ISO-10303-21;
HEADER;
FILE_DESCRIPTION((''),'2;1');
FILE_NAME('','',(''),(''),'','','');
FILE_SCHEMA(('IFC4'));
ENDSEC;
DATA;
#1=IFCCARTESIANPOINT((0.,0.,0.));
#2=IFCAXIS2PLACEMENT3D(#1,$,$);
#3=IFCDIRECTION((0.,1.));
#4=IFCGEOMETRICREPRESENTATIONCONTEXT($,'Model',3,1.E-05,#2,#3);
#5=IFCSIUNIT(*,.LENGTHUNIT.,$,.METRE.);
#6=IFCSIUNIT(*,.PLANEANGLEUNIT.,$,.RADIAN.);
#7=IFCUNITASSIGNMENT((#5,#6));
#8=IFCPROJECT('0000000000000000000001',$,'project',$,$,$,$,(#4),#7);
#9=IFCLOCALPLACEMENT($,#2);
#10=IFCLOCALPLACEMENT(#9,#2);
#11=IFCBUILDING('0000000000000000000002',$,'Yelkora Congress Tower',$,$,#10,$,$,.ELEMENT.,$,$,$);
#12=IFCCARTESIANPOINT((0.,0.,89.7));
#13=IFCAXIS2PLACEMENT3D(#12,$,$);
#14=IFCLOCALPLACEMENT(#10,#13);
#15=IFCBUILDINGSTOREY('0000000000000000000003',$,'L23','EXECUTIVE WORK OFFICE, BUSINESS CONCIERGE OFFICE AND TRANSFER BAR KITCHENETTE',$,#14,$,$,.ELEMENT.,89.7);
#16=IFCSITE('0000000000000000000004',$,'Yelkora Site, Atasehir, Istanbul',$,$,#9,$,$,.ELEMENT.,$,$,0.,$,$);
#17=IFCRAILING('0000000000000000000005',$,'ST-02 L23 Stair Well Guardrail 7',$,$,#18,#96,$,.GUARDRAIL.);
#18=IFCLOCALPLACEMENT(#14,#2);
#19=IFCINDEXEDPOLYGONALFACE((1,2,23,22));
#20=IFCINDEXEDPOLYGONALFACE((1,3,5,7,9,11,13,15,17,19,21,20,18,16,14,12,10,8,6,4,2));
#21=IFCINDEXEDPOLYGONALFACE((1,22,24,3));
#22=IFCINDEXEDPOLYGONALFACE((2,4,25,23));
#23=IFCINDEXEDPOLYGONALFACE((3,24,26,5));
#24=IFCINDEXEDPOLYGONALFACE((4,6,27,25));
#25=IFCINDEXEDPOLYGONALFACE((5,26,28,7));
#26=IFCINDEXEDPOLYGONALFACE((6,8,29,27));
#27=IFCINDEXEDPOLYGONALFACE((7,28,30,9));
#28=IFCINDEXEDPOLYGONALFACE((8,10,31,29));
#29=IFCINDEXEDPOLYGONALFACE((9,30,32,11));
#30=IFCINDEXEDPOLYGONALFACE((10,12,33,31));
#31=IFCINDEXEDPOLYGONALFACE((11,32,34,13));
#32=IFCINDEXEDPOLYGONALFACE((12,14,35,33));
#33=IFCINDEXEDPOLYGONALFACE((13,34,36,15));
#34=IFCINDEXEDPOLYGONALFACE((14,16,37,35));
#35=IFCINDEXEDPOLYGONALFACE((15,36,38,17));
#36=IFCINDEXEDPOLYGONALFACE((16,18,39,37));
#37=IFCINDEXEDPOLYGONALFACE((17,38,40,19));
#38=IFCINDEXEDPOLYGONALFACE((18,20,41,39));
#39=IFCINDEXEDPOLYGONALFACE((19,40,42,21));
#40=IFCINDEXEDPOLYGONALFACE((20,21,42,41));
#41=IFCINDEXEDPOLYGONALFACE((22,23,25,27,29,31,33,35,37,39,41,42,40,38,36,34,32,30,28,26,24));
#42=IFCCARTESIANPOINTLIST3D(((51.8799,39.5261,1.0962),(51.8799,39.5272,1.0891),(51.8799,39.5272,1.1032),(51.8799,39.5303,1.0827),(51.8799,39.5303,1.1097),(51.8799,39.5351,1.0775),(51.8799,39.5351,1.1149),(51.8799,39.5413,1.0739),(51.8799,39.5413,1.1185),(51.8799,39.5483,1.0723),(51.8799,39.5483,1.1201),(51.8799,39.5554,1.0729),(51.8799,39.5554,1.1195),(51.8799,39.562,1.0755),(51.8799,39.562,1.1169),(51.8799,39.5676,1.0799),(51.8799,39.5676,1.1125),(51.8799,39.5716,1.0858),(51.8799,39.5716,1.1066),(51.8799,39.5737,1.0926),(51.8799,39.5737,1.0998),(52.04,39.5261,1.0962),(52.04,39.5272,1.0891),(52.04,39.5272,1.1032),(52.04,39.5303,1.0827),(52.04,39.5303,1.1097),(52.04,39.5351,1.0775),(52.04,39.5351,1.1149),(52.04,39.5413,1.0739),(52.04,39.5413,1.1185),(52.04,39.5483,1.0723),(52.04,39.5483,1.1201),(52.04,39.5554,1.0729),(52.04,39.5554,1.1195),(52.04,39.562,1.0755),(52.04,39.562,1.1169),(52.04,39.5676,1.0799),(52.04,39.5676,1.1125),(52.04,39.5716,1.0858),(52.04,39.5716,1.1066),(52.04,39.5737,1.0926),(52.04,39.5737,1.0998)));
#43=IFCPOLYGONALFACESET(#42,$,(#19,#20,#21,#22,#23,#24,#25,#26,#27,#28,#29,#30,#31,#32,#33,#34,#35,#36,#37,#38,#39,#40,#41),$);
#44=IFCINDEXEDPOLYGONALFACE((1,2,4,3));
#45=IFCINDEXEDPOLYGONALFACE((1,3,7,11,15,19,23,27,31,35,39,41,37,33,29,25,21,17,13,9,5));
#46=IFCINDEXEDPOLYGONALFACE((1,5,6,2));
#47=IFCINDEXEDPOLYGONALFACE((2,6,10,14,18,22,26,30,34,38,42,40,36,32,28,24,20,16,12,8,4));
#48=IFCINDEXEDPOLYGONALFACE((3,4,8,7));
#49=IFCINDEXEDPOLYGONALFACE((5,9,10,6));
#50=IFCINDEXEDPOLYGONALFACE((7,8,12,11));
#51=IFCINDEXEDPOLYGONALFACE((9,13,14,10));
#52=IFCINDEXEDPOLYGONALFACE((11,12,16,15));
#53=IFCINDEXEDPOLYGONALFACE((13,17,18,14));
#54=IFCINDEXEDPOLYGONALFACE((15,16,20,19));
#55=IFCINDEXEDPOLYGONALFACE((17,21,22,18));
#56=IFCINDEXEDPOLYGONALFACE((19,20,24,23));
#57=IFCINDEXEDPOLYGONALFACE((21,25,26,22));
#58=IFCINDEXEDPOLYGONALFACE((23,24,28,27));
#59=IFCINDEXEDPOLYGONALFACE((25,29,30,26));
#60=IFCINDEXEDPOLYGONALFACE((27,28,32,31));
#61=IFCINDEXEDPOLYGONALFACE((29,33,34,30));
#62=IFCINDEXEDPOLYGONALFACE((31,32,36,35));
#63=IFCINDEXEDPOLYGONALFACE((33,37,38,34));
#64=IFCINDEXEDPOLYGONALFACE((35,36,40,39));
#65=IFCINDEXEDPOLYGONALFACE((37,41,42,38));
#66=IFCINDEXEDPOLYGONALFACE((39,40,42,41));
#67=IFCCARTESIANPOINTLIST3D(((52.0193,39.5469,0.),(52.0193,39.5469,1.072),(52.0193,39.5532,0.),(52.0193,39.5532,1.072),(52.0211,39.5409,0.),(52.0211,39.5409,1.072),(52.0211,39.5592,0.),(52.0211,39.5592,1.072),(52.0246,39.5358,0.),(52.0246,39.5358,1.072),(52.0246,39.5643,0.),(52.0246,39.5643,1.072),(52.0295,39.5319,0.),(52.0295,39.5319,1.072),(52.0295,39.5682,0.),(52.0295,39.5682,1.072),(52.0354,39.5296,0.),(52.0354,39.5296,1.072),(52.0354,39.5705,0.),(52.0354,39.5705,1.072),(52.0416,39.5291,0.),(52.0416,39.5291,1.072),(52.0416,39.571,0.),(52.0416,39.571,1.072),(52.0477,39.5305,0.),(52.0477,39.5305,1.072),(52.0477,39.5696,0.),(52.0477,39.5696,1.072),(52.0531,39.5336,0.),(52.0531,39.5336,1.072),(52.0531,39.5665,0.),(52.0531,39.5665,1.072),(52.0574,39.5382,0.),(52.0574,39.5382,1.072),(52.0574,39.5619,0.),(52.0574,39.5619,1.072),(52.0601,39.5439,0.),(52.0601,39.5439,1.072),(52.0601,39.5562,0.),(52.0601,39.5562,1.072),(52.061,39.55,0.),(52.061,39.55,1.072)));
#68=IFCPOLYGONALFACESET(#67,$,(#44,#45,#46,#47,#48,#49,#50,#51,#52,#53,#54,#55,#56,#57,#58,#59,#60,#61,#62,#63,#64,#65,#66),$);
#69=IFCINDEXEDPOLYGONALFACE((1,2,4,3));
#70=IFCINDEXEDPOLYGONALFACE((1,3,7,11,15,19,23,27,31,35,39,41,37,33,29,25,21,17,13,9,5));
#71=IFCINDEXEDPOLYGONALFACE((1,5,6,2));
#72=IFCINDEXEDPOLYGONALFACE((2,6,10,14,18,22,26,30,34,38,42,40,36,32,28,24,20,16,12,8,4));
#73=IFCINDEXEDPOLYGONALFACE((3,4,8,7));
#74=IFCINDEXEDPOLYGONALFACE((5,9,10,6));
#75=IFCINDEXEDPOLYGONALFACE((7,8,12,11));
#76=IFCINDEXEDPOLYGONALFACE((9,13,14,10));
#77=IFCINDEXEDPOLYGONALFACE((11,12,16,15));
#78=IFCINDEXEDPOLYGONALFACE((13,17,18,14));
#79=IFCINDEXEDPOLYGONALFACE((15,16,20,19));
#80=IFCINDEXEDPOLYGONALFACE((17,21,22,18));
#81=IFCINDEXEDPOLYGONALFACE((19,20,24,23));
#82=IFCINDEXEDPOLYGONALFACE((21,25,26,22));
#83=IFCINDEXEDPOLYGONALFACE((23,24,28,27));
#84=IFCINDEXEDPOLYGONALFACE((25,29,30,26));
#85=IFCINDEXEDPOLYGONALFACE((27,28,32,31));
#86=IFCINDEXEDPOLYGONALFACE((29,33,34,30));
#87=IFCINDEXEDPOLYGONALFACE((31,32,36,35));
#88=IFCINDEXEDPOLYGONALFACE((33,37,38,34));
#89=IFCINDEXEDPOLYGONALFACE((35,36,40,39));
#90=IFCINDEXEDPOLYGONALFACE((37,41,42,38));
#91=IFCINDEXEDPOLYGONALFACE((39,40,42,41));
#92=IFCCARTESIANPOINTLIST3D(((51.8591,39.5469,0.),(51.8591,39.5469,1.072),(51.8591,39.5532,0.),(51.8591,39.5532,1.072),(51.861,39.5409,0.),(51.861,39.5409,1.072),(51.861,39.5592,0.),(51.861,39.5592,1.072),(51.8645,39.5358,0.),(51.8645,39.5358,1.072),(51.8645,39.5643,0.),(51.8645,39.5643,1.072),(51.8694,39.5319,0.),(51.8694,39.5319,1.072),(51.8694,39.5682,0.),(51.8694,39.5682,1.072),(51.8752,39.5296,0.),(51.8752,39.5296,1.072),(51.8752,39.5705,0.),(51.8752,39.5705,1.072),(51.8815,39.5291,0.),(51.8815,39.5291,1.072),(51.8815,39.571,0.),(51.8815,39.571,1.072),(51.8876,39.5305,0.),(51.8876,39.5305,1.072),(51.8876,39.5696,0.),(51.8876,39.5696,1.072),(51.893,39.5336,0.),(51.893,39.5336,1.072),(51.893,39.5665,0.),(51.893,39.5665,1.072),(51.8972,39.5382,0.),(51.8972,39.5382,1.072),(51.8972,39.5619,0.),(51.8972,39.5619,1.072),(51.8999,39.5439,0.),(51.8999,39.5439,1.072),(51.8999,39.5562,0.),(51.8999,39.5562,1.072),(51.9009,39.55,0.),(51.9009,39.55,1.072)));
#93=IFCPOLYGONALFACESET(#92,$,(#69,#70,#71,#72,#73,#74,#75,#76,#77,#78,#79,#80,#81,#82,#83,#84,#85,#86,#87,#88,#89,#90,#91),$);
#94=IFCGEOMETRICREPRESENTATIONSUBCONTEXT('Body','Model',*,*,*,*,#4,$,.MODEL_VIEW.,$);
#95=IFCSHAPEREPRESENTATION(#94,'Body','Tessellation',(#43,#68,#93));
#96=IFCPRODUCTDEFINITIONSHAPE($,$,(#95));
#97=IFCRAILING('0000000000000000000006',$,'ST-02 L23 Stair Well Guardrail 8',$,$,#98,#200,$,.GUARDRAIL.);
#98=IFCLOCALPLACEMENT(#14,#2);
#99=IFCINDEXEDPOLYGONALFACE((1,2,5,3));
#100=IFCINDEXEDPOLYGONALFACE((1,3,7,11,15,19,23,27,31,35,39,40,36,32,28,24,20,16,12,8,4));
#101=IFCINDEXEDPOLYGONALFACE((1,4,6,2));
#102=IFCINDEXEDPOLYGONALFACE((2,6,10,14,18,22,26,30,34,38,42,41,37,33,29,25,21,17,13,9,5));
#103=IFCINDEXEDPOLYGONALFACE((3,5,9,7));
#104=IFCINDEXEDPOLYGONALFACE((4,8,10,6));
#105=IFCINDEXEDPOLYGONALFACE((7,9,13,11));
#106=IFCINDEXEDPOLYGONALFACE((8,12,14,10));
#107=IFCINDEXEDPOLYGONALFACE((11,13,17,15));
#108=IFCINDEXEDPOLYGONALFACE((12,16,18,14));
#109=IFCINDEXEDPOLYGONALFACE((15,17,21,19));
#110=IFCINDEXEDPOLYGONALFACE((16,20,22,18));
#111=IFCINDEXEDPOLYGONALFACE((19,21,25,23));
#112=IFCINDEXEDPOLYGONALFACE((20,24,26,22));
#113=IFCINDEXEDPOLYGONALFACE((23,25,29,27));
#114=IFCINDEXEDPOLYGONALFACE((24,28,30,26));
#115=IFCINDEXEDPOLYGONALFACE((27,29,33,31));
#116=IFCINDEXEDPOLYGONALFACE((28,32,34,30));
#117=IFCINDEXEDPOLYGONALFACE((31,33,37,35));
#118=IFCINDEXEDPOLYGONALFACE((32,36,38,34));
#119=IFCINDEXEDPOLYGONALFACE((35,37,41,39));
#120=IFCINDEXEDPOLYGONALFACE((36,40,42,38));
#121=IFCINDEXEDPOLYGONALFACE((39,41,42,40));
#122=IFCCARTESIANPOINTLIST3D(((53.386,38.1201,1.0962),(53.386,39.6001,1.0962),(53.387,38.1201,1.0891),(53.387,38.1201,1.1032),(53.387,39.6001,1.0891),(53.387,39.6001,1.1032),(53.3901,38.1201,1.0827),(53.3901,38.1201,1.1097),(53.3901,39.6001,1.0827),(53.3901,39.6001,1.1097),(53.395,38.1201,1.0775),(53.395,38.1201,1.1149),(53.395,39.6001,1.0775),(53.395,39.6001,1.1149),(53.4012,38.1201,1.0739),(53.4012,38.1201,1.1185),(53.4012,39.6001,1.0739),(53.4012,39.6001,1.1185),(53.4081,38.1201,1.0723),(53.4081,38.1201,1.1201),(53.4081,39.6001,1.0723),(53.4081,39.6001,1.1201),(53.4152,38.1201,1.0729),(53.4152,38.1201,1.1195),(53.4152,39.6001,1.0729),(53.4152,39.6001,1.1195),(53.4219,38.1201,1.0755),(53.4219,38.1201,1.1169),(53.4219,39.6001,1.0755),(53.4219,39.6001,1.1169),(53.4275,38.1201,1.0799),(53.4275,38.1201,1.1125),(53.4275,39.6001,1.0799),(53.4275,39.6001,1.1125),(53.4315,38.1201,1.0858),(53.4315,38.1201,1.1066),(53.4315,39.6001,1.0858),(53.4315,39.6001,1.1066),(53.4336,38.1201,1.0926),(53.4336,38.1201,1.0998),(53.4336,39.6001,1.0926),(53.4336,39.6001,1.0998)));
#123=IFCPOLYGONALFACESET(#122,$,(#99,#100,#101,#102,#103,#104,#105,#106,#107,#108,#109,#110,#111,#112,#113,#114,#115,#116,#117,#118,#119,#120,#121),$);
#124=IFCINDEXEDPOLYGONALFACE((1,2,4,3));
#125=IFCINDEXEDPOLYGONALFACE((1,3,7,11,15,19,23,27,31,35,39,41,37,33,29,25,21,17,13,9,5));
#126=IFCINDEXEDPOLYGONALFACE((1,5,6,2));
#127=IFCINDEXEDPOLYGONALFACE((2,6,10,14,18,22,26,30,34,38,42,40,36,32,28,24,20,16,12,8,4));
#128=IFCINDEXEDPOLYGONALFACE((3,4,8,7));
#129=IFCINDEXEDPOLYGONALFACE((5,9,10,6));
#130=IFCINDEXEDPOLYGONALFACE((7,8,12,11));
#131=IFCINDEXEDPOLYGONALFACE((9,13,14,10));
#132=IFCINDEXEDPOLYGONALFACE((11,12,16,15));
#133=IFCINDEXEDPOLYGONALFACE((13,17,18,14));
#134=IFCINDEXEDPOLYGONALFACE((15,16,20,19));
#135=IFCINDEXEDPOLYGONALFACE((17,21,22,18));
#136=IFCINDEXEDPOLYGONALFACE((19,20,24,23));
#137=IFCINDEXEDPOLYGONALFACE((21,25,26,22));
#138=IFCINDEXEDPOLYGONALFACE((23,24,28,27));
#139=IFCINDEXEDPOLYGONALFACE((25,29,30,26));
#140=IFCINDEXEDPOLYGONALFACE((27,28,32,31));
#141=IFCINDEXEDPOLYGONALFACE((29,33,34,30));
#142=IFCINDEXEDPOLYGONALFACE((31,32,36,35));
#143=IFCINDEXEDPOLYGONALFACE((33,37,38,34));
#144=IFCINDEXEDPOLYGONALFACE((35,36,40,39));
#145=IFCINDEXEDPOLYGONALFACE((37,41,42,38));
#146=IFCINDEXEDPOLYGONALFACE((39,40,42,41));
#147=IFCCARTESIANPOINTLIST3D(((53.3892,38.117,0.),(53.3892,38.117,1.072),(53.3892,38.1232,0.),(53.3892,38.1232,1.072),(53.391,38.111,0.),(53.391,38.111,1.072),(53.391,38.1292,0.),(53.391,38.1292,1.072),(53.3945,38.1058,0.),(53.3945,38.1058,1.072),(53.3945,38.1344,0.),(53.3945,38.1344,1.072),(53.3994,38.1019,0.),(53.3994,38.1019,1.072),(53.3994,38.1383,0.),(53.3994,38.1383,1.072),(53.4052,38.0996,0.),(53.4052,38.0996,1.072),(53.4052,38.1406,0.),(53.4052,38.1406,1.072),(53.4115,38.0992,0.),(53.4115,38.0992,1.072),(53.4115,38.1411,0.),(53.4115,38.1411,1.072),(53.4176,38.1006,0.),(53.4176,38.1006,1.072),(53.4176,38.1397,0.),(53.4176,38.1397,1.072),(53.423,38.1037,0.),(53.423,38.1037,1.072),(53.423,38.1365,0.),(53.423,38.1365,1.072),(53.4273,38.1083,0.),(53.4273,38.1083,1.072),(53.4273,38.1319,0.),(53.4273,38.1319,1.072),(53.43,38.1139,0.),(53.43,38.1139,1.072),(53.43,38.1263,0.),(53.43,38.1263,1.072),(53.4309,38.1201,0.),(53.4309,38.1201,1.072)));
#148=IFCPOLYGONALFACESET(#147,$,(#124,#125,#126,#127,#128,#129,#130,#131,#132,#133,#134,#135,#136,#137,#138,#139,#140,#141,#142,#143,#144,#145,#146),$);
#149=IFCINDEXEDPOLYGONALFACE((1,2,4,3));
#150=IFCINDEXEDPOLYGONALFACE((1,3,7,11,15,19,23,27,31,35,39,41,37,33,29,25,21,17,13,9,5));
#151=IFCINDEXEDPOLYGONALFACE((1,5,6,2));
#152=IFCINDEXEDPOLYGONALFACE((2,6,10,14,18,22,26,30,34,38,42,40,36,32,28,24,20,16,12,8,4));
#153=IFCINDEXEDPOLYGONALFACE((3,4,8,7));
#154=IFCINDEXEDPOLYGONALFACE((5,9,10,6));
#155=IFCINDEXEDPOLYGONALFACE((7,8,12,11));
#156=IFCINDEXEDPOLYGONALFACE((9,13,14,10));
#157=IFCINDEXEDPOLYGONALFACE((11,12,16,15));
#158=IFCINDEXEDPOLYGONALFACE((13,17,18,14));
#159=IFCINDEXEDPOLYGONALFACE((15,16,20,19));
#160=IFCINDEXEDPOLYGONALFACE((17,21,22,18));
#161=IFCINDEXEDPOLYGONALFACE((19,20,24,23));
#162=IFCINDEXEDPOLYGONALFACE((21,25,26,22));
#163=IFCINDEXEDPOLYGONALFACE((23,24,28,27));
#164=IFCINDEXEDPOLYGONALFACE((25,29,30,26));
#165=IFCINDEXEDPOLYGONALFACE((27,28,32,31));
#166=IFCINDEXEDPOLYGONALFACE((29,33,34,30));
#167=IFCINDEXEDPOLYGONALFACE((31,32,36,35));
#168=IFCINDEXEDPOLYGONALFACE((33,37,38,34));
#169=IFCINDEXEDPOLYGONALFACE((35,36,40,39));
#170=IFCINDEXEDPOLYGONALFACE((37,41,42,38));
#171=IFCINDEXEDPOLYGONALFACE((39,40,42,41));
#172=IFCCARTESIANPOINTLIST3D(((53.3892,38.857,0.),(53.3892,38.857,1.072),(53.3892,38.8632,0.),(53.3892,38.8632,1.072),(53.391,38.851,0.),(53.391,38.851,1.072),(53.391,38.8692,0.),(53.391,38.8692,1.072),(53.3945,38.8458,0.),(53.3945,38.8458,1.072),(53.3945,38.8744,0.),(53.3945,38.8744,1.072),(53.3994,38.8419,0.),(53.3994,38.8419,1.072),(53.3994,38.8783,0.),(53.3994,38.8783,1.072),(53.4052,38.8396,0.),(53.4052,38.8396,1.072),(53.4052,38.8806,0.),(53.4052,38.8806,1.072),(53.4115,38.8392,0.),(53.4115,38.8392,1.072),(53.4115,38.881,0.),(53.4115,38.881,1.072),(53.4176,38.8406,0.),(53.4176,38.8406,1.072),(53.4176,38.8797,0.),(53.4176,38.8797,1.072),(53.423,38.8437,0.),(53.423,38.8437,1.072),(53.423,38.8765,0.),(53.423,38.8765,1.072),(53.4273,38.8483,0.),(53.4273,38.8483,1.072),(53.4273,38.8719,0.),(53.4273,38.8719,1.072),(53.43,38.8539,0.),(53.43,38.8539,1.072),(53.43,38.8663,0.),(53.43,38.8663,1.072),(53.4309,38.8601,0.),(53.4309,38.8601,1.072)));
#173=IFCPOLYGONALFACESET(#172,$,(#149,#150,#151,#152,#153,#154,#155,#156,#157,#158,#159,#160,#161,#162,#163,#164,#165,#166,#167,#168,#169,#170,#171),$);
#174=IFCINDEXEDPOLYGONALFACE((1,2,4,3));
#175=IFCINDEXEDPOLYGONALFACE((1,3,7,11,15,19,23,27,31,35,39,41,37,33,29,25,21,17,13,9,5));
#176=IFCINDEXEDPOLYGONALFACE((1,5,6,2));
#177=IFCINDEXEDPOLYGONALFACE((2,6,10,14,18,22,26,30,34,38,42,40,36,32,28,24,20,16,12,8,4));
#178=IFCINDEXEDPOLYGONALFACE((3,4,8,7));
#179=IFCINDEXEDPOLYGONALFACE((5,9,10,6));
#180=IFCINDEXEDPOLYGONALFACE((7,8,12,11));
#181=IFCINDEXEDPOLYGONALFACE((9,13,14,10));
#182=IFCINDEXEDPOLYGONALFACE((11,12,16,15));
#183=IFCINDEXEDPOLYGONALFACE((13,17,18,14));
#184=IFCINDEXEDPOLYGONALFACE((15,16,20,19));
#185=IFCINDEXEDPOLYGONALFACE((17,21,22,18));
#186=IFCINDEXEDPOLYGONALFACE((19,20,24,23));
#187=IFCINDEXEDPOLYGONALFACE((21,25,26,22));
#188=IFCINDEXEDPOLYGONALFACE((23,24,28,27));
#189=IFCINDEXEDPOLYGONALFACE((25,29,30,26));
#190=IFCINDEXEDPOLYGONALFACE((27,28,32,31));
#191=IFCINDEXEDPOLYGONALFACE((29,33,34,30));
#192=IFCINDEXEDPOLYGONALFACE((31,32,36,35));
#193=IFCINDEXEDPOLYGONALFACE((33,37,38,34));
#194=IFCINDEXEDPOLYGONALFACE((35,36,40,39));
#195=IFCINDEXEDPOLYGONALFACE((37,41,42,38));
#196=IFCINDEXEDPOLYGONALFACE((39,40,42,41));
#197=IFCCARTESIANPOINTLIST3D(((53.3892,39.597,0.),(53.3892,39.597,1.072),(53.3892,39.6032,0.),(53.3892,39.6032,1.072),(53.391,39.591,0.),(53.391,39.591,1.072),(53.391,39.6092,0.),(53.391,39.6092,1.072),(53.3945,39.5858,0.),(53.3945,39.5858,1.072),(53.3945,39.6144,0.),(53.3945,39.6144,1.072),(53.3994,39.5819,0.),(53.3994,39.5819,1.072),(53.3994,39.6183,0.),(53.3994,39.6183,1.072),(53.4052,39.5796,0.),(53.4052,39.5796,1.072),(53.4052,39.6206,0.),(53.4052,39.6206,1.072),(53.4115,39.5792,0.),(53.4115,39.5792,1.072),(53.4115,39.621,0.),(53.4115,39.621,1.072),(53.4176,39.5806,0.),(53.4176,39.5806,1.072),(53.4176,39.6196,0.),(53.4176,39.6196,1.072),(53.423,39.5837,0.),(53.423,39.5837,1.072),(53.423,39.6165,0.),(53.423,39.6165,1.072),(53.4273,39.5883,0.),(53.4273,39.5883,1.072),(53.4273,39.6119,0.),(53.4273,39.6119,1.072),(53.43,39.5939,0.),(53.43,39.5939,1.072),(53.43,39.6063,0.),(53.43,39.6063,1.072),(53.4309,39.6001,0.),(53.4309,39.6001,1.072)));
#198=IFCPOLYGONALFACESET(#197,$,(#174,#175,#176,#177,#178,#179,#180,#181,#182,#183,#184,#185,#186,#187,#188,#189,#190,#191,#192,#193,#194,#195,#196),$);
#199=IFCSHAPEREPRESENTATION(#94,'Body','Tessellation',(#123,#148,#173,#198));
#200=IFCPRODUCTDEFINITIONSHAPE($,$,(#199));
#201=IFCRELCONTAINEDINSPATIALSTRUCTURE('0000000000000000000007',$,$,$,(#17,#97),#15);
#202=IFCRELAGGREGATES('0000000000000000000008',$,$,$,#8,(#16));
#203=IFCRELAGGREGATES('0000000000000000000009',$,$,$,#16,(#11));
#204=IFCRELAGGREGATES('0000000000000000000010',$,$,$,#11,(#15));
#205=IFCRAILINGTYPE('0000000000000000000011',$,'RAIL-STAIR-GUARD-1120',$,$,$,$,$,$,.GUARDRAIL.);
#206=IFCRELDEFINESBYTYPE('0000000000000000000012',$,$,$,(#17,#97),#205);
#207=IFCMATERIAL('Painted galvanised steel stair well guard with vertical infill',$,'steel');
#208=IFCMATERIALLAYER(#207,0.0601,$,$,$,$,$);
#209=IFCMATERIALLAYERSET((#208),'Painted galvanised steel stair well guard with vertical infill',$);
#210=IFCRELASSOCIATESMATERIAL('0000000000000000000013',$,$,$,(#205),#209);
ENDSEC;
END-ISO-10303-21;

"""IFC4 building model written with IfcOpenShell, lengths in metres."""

from ifc_helpers import new_model, si_unit, direction, frame, origin, origin_2d, place, context, subcontext, project, spatial, circle, extrude, material, layer, layer_set, type_object, element, save


model = new_model("IFC4")

# Units and contexts
model_context = context("Model", 3, precision=1e-05, world=origin(), true_north=direction((0.0, 1.0)))
body_context = subcontext(model_context, "Body", "Model", "MODEL_VIEW")
ifc_project = project(units=[si_unit("LENGTHUNIT", "METRE"), si_unit("PLANEANGLEUNIT", "RADIAN")], contexts=[model_context])

# Site, building, storey
site_placement = place(None, origin())
site = spatial("IfcSite", under=ifc_project, at=site_placement, Name="Yelkora Site, Atasehir, Istanbul", CompositionType="ELEMENT", RefElevation=0.0)
building_placement = place(site_placement, origin())
building = spatial("IfcBuilding", under=site, at=building_placement, Name="Yelkora Congress Tower", CompositionType="ELEMENT")
storey_placement = place(building_placement, frame((0.0, 0.0, 89.7)))
storey = spatial("IfcBuildingStorey", under=building, at=storey_placement, Name="L23", Description="EXECUTIVE WORK OFFICE, BUSINESS CONCIERGE OFFICE AND TRANSFER BAR KITCHENETTE", CompositionType="ELEMENT", Elevation=89.7)

# Railings
ifc_material_1 = material(Name="Painted galvanised steel stair well guard with vertical infill", Category="steel")
ifc_layer_1 = layer(ifc_material_1, 0.0601)
ifc_layer_set_1 = layer_set([ifc_layer_1], Name="Painted galvanised steel stair well guard with vertical infill")
railing_type_1 = type_object("IfcRailingType", Name="RAIL-STAIR-GUARD-1120", PredefinedType="GUARDRAIL", material=ifc_layer_set_1)
railing_1_placement = place(storey_placement, frame((52.04, 39.55, 0.0)))
element("IfcRailing", 1, at=railing_1_placement, inside=storey, type_object=railing_type_1, Name="ST-02 L23 Stair Well Guardrail 7", PredefinedType="GUARDRAIL", context=body_context, shape_type="SweptSolid", body=[
    extrude(circle(Radius=0.0239, at=origin_2d()), frame((0.0, 0.0, 1.0962), z_axis=(-1.0, 0.0, 0.0), x_axis=(0.0, -1.0, 0.0)), (0.0, 0.0, 1.0), 0.1602),
    extrude(circle(Radius=0.021, at=origin_2d()), origin(), (0.0, 0.0, 1.0), 1.072),
    extrude(circle(Radius=0.021, at=origin_2d()), frame((-0.1602, 0.0, 0.0)), (0.0, 0.0, 1.0), 1.072),
])
for number, where, name in (
    (2, (53.4099, 38.1201, 0.0), "ST-02 L23 Stair Well Guardrail 8"),
):
    element("IfcRailing", number, at=place(storey_placement, frame(where)), inside=storey, type_object=railing_type_1, Name=name, PredefinedType="GUARDRAIL", context=body_context, shape_type="SweptSolid", body=[
        extrude(circle(Radius=0.0239, at=origin_2d()), frame((0.0, 0.0, 1.0962), z_axis=(0.0, 1.0, 0.0), x_axis=(-1.0, 0.0, 0.0)), (0.0, 0.0, 1.0), 1.48),
        extrude(circle(Radius=0.021, at=origin_2d()), origin(), (0.0, 0.0, 1.0), 1.072),
        extrude(circle(Radius=0.021, at=origin_2d()), frame((0.0, 0.74, 0.0)), (0.0, 0.0, 1.0), 1.072),
        extrude(circle(Radius=0.021, at=origin_2d()), frame((0.0, 1.48, 0.0)), (0.0, 0.0, 1.0), 1.072),
    ])

save(model, "model.ifc")
